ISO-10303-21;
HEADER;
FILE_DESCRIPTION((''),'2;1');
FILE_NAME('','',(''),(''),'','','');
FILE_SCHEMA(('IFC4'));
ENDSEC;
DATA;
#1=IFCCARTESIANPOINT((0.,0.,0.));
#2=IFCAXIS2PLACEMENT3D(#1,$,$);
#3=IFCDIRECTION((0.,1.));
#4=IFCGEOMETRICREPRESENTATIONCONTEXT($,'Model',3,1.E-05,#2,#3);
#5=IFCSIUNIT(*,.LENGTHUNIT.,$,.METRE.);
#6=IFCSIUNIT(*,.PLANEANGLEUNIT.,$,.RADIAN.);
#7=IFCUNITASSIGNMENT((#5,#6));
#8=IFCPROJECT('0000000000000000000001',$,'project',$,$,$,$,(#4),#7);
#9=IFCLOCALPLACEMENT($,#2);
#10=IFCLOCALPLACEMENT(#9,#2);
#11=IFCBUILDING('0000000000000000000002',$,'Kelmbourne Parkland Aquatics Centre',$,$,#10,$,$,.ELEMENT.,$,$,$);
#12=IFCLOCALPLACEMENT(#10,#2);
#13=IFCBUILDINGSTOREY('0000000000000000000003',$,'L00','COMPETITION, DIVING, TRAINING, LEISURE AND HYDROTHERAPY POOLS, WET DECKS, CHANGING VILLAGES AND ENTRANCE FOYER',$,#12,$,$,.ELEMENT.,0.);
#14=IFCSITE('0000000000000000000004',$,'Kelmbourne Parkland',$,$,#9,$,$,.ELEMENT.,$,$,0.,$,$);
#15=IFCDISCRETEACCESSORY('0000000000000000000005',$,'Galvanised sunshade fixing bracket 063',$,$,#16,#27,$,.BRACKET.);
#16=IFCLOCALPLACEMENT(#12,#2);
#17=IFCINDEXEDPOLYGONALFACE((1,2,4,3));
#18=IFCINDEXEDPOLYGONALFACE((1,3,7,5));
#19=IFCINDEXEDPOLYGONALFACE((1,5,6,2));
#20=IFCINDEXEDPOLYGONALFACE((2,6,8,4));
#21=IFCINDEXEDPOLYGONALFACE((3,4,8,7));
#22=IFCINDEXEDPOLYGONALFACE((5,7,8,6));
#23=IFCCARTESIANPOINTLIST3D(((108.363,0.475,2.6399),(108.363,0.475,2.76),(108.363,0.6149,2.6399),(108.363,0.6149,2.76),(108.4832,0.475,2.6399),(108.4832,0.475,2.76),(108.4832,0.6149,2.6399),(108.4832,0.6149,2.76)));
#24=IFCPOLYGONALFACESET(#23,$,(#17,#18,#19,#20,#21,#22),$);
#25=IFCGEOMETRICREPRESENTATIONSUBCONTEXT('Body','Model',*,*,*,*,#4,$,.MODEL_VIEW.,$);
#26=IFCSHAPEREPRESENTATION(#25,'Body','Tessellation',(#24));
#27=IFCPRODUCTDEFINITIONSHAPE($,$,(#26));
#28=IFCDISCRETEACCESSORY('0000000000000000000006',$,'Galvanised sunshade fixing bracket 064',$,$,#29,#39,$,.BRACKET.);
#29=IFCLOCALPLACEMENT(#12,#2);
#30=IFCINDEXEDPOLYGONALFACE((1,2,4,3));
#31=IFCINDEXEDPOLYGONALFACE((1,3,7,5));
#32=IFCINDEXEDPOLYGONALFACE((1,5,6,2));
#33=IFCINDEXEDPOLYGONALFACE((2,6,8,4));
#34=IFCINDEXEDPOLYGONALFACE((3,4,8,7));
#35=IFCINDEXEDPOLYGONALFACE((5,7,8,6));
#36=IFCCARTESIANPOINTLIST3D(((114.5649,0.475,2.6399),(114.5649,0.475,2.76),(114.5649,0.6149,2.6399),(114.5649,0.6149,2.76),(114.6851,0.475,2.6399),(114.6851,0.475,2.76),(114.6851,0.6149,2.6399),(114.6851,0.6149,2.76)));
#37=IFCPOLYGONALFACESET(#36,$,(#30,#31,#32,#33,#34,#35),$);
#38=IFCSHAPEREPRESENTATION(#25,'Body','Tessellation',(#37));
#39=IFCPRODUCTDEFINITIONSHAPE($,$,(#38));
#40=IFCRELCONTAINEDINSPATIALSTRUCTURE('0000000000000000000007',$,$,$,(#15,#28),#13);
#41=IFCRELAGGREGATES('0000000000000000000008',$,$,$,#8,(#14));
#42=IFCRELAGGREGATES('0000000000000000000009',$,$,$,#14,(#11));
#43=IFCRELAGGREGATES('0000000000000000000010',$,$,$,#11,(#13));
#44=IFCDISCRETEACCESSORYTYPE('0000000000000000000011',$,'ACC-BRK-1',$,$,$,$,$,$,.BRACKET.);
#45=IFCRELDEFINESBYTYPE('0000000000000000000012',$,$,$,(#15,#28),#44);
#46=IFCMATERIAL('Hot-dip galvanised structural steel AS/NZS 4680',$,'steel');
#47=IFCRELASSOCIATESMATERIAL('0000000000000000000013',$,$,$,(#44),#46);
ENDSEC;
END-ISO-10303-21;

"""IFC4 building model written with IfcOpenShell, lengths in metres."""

from ifc_helpers import new_model, si_unit, direction, frame, origin, origin_2d, place, context, subcontext, project, spatial, rectangle, extrude, material, type_object, element, save


model = new_model("IFC4")

# Units and contexts
model_context = context("Model", 3, precision=1e-05, world=origin(), true_north=direction((0.0, 1.0)))
body_context = subcontext(model_context, "Body", "Model", "MODEL_VIEW")
ifc_project = project(units=[si_unit("LENGTHUNIT", "METRE"), si_unit("PLANEANGLEUNIT", "RADIAN")], contexts=[model_context])

# Site, building, storey
site_placement = place(None, origin())
site = spatial("IfcSite", under=ifc_project, at=site_placement, Name="Kelmbourne Parkland", CompositionType="ELEMENT", RefElevation=0.0)
building_placement = place(site_placement, origin())
building = spatial("IfcBuilding", under=site, at=building_placement, Name="Kelmbourne Parkland Aquatics Centre", CompositionType="ELEMENT")
storey_placement = place(building_placement, origin())
storey = spatial("IfcBuildingStorey", under=building, at=storey_placement, Name="L00", Description="COMPETITION, DIVING, TRAINING, LEISURE AND HYDROTHERAPY POOLS, WET DECKS, CHANGING VILLAGES AND ENTRANCE FOYER", CompositionType="ELEMENT", Elevation=0.0)

# Discrete accessories
ifc_material_1 = material(Name="Hot-dip galvanised structural steel AS/NZS 4680", Category="steel")
discrete_accessory_type = type_object("IfcDiscreteAccessoryType", Name="ACC-BRK-1", PredefinedType="BRACKET", material=ifc_material_1)
for number, where, z_axis, x_axis, name in (
    (1, (108.4231, 0.5449, 2.6399), (0.0, 0.0, 1.0), (1.0, 0.0, 0.0), "Galvanised sunshade fixing bracket 063"),
    (2, (114.625, 0.5449, 2.6399), (0.0, 0.0, 1.0), (1.0, 0.0, 0.0), "Galvanised sunshade fixing bracket 064"),
):
    element("IfcDiscreteAccessory", number, at=place(storey_placement, frame(where, z_axis=z_axis, x_axis=x_axis)), inside=storey, type_object=discrete_accessory_type, Name=name, PredefinedType="BRACKET", context=body_context, shape_type="SweptSolid", body=[
        extrude(rectangle(XDim=0.1201, YDim=0.1399, at=origin_2d()), origin(), (0.0, 0.0, 1.0), 0.1201),
    ])

save(model, "model.ifc")
